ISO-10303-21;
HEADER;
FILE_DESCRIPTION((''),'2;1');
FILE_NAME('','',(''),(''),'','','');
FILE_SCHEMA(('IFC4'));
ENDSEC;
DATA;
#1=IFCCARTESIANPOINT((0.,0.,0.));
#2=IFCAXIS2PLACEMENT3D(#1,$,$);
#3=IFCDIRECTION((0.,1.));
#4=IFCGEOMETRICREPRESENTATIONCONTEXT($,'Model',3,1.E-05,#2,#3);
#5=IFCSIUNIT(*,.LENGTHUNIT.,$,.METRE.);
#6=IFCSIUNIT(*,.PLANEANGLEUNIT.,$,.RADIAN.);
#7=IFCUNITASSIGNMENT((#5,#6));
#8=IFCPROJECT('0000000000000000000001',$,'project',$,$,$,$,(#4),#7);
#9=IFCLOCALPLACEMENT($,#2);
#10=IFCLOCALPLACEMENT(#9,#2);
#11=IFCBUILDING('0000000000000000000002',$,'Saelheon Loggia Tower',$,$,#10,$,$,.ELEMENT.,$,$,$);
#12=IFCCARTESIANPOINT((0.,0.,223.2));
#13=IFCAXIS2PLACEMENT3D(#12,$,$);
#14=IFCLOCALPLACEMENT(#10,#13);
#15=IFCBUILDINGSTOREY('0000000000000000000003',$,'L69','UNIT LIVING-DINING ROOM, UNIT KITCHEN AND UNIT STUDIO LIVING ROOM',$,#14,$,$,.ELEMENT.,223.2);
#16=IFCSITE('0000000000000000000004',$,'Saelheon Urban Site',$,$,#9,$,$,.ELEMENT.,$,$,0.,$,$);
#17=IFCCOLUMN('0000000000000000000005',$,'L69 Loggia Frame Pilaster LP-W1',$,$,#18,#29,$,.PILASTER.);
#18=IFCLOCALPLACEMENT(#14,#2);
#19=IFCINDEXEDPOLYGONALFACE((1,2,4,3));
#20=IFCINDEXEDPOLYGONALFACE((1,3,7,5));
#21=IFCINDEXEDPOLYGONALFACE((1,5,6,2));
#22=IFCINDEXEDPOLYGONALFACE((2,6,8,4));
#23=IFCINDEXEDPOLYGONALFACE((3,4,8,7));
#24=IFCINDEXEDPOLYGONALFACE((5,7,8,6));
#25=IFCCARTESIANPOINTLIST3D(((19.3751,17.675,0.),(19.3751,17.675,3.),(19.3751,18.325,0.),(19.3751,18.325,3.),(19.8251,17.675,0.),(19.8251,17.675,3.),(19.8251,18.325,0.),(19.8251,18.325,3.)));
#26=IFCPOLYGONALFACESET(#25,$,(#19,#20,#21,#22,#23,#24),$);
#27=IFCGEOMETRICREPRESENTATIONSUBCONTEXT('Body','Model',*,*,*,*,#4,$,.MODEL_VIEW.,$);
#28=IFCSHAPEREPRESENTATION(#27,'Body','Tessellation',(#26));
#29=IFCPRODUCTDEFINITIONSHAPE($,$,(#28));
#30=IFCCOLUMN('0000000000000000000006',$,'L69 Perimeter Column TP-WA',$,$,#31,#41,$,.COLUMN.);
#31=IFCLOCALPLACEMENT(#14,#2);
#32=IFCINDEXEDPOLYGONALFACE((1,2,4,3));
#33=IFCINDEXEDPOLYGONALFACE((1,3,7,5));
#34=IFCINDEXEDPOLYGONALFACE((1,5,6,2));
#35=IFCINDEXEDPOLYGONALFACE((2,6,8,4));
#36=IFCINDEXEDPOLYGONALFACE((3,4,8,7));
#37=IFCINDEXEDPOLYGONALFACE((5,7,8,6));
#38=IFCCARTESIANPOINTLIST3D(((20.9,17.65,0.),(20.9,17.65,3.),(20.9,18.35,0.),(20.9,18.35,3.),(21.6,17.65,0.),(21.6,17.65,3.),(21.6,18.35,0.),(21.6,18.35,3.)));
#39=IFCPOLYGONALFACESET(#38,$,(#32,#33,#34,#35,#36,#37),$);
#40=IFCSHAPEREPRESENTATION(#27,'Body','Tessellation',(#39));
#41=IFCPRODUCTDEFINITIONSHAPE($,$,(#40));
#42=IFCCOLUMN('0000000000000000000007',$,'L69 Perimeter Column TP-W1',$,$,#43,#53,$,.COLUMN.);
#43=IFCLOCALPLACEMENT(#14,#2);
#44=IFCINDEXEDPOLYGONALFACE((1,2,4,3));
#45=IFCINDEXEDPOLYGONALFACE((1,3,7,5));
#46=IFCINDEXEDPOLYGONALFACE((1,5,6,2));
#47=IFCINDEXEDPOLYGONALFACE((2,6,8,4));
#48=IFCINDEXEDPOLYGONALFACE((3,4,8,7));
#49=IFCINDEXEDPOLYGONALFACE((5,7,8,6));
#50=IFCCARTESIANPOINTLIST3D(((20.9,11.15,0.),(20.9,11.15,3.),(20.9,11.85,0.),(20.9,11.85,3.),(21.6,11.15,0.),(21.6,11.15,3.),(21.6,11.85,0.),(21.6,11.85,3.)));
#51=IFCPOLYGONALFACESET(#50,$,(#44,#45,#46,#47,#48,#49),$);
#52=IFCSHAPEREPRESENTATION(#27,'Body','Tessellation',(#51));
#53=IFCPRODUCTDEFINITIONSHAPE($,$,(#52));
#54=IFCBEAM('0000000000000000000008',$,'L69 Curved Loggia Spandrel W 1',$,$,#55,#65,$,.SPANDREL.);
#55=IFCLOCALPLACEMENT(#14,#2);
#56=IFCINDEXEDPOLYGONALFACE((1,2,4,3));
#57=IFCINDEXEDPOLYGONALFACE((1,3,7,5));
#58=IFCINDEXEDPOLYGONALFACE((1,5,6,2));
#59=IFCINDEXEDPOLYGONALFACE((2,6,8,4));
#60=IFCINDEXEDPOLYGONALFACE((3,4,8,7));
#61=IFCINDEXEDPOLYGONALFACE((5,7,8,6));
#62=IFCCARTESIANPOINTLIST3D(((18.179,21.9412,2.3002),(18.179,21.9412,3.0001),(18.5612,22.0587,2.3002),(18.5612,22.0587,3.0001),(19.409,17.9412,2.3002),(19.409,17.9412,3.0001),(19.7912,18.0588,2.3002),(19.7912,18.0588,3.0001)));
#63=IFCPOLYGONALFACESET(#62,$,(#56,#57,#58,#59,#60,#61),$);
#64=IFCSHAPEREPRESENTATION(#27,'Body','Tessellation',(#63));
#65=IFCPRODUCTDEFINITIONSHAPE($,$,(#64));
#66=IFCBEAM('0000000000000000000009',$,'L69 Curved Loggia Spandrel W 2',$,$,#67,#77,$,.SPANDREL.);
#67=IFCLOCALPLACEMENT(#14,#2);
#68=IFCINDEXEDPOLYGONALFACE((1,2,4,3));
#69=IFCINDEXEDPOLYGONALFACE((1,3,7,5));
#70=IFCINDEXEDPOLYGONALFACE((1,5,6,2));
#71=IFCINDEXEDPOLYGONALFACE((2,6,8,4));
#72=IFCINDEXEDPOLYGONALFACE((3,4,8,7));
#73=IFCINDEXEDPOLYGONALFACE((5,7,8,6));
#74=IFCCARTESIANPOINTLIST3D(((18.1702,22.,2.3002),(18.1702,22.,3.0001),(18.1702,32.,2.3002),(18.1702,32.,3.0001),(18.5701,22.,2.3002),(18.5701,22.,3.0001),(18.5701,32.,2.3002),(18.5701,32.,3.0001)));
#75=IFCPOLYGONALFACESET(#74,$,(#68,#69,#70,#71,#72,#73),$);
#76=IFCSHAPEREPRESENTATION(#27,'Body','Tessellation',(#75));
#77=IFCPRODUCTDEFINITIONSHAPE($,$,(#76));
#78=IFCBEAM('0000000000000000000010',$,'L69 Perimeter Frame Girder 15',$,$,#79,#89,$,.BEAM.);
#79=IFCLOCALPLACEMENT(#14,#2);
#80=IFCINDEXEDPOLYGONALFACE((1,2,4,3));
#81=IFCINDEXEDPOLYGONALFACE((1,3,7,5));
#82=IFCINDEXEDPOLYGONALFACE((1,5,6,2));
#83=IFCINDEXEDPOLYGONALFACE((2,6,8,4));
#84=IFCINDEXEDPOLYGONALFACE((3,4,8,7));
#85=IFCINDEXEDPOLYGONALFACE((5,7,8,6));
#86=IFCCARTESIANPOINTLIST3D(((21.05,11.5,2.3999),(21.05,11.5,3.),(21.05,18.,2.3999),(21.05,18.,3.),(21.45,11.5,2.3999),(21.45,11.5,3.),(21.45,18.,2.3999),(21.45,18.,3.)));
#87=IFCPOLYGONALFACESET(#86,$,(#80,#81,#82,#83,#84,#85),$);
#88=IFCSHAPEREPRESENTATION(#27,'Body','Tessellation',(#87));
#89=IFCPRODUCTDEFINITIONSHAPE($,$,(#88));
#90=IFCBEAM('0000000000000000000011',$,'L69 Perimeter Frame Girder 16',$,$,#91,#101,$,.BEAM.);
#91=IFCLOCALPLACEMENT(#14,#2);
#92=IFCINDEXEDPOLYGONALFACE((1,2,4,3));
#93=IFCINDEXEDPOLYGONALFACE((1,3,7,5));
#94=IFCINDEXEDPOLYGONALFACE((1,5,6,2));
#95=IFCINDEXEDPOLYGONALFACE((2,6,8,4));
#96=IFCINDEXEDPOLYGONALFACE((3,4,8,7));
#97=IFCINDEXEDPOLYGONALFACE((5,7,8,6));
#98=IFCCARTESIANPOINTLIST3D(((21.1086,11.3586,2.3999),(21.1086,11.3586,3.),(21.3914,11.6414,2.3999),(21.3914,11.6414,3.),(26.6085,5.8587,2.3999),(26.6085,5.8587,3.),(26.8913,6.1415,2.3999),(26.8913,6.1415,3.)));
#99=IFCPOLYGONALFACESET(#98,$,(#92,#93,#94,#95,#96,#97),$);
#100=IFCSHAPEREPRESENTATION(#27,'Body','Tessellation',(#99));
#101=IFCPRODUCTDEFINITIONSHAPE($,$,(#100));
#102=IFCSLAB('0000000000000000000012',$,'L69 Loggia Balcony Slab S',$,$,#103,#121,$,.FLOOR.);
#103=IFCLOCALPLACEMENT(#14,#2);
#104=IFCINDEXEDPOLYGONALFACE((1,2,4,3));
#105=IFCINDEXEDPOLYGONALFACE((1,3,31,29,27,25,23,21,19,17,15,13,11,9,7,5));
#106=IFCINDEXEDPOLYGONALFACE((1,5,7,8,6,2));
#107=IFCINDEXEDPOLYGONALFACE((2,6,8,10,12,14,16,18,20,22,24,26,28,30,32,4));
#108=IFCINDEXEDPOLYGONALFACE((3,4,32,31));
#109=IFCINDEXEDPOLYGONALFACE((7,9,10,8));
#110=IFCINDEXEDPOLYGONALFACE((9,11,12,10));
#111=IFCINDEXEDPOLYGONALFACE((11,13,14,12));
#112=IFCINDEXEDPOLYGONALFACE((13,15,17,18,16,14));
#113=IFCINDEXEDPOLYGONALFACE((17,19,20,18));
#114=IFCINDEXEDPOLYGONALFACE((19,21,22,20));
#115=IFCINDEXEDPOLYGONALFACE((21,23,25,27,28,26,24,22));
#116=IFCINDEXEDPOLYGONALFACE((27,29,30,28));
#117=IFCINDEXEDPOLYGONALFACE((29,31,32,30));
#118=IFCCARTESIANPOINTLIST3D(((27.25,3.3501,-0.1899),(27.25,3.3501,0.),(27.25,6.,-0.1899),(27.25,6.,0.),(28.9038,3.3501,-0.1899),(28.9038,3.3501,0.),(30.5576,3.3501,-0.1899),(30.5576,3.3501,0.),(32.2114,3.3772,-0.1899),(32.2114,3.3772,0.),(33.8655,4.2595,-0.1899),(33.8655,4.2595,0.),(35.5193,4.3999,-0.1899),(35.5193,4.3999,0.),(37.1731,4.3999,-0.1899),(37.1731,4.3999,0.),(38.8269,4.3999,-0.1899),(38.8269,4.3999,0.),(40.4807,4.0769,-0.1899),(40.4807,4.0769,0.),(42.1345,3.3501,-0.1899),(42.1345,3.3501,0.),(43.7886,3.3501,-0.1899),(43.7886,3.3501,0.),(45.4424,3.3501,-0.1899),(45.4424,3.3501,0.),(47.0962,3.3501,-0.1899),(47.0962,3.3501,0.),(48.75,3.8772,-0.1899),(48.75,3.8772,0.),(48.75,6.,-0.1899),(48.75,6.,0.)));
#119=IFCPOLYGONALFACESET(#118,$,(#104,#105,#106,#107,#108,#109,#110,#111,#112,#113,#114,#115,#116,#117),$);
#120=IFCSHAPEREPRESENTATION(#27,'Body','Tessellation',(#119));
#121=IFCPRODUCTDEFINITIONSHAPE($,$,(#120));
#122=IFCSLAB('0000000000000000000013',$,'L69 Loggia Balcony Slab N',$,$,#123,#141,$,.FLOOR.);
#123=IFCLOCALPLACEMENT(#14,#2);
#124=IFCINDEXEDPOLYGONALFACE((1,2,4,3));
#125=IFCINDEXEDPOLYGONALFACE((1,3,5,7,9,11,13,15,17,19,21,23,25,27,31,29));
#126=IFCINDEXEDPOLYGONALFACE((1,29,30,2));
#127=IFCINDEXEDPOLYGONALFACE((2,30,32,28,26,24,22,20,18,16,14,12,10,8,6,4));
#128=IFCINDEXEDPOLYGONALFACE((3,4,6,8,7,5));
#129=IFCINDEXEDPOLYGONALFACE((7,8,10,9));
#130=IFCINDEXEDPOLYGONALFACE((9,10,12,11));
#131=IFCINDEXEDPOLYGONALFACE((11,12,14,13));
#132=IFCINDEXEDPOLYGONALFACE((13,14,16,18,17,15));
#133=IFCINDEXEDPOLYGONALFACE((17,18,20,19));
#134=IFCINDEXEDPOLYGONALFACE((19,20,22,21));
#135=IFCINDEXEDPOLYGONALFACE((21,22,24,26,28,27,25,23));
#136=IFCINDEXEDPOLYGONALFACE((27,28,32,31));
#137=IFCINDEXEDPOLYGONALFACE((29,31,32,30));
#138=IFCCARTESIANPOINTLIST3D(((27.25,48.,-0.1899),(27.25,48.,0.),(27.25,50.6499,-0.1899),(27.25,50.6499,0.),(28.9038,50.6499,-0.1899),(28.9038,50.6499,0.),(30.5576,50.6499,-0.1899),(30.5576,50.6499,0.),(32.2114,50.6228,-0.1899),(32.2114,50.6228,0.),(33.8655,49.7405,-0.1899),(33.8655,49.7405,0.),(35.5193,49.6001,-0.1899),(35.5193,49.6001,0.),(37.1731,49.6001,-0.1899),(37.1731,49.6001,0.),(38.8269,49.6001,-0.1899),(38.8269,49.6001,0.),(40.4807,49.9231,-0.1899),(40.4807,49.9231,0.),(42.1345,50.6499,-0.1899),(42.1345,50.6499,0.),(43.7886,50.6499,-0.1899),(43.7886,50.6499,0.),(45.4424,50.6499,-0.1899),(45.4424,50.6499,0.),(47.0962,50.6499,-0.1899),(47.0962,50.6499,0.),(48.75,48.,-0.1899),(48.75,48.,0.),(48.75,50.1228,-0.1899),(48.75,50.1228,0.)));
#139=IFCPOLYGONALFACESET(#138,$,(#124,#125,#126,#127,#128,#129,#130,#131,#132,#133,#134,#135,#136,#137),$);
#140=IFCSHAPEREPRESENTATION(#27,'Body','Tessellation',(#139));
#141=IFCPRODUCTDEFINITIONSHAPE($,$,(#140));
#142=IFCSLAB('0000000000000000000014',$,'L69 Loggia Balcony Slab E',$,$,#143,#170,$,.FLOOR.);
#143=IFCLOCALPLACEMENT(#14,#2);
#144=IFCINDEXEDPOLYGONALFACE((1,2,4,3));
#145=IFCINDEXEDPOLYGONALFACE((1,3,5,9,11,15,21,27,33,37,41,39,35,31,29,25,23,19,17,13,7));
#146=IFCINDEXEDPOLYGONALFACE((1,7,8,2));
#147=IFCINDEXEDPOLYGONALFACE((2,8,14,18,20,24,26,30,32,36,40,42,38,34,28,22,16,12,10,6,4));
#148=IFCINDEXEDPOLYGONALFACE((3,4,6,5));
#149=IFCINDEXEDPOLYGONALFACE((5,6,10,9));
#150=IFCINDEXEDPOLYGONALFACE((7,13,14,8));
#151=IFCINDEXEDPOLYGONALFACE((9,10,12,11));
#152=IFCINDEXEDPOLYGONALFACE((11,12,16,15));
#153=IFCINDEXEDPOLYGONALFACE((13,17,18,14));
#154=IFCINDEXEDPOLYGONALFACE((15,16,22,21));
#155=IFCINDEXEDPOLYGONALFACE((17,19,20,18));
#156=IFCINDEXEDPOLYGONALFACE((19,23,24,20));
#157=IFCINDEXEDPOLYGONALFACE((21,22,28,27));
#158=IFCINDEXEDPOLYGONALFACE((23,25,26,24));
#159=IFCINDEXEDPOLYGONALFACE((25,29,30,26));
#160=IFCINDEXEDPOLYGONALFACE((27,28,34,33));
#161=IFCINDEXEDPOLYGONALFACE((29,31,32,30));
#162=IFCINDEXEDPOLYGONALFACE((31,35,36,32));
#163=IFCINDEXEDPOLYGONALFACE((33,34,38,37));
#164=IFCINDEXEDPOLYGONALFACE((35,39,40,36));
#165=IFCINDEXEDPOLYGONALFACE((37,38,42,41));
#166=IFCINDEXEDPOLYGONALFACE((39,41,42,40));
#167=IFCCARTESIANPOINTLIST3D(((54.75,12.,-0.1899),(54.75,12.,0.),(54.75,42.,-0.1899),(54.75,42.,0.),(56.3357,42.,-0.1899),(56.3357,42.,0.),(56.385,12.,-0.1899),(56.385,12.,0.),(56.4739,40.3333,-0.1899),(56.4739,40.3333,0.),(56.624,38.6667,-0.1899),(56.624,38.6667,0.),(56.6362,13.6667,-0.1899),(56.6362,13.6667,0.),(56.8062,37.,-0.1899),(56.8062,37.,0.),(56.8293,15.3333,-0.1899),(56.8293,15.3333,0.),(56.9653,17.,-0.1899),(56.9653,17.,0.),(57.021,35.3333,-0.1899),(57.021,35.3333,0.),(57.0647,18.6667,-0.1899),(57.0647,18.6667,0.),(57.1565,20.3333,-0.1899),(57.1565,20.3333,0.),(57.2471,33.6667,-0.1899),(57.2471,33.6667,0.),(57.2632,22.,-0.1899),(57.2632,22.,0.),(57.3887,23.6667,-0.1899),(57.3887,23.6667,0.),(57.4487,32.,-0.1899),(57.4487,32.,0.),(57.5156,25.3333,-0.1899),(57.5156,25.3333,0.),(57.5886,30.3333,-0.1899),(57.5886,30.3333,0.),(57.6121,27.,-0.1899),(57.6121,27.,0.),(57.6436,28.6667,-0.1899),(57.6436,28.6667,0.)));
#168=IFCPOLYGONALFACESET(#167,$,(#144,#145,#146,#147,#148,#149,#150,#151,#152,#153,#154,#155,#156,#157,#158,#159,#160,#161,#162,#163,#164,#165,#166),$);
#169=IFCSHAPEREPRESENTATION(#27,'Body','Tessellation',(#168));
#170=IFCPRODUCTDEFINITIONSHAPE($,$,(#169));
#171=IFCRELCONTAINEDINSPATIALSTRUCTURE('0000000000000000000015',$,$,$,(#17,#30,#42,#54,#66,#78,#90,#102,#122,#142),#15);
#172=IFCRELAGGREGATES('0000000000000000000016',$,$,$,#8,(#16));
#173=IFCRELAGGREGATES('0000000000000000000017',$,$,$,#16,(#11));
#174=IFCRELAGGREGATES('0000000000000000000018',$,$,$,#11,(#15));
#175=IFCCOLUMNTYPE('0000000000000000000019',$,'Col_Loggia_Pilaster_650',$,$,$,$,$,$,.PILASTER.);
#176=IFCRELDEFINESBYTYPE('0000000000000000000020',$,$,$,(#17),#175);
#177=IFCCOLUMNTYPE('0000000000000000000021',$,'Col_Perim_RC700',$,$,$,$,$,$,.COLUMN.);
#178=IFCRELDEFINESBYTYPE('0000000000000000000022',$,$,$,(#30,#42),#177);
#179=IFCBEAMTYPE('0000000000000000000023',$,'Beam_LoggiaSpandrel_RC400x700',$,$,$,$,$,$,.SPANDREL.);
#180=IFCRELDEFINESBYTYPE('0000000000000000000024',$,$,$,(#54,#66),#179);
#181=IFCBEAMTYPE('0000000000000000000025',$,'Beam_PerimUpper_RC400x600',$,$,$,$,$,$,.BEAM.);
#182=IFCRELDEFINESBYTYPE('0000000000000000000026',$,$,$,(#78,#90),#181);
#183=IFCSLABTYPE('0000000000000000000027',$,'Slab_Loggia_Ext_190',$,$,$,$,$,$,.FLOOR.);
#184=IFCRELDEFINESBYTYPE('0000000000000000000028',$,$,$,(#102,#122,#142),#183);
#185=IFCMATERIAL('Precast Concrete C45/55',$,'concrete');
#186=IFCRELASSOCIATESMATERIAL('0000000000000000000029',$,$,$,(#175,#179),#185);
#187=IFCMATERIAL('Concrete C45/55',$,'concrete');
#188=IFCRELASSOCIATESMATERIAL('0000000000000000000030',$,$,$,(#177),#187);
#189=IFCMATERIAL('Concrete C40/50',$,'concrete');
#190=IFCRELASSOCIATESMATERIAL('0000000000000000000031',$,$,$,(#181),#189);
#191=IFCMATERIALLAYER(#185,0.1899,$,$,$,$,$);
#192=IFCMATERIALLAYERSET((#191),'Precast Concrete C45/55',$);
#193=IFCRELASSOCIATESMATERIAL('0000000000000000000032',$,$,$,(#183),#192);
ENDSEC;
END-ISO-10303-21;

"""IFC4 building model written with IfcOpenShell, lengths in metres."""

from ifc_helpers import new_model, si_unit, direction, frame, origin, origin_2d, place, context, subcontext, project, spatial, polyline, rectangle, outline, extrude, source, transform, mapped, material, layer, layer_set, material_profile, profile_set, type_object, element, save


model = new_model("IFC4")

# Units and contexts
model_context = context("Model", 3, precision=1e-05, world=origin(), true_north=direction((0.0, 1.0)))
body_context = subcontext(model_context, "Body", "Model", "MODEL_VIEW")
ifc_project = project(units=[si_unit("LENGTHUNIT", "METRE"), si_unit("PLANEANGLEUNIT", "RADIAN")], contexts=[model_context])

# Site, building, storey
site_placement = place(None, origin())
site = spatial("IfcSite", under=ifc_project, at=site_placement, Name="Saelheon Urban Site", CompositionType="ELEMENT", RefElevation=0.0)
building_placement = place(site_placement, origin())
building = spatial("IfcBuilding", under=site, at=building_placement, Name="Saelheon Loggia Tower", CompositionType="ELEMENT")
storey_placement = place(building_placement, frame((0.0, 0.0, 223.2)))
storey = spatial("IfcBuildingStorey", under=building, at=storey_placement, Name="L69", Description="UNIT LIVING-DINING ROOM, UNIT KITCHEN AND UNIT STUDIO LIVING ROOM", CompositionType="ELEMENT", Elevation=223.2)

# Columns
ifc_material_1 = material(Name="Precast Concrete C45/55", Category="concrete")
ifc_material_profile_1 = material_profile(ifc_material_1, rectangle(XDim=0.45, YDim=0.6499, at=origin_2d()), Name="RC-450x650")
ifc_profile_set_1 = profile_set([ifc_material_profile_1], Name="Precast Concrete C45/55")
column_type_1 = type_object("IfcColumnType", Name="Col_Loggia_Pilaster_650", PredefinedType="PILASTER", material=ifc_profile_set_1)
shared_shape_1 = source(origin(), body_context, "Body", "SweptSolid", [
    extrude(rectangle(XDim=0.45, YDim=0.6499, at=origin_2d()), origin(), (0.0, 0.0, 1.0), 3.0),
])
column_placement = place(storey_placement, frame((19.6001, 18.0, 0.0), z_axis=(0.0, 0.0, 1.0), x_axis=(1.0, 0.0, 0.0)))
element("IfcColumn", 1, at=column_placement, inside=storey, type_object=column_type_1, Name="L69 Loggia Frame Pilaster LP-W1", PredefinedType="PILASTER", context=body_context, shape_type="MappedRepresentation", body=[
    mapped(shared_shape_1, transform((0.0, 0.0, 0.0), scale=1.0)),
])
ifc_material_2 = material(Name="Concrete C45/55", Category="concrete")
ifc_material_profile_2 = material_profile(ifc_material_2, rectangle(XDim=0.7, YDim=0.7, at=origin_2d()), Name="RC-700x700")
ifc_profile_set_2 = profile_set([ifc_material_profile_2], Name="Concrete C45/55")
column_type_2 = type_object("IfcColumnType", Name="Col_Perim_RC700", PredefinedType="COLUMN", material=ifc_profile_set_2)
shared_shape_2 = source(origin(), body_context, "Body", "SweptSolid", [
    extrude(rectangle(XDim=0.7, YDim=0.7, at=origin_2d()), origin(), (0.0, 0.0, 1.0), 3.0),
])
for number, where, z_axis, x_axis, name in (
    (2, (21.25, 18.0, 0.0), (0.0, 0.0, 1.0), (1.0, 0.0, 0.0), "L69 Perimeter Column TP-WA"),
    (3, (21.25, 11.5, 0.0), (0.0, 0.0, 1.0), (1.0, 0.0, 0.0), "L69 Perimeter Column TP-W1"),
):
    element("IfcColumn", number, at=place(storey_placement, frame(where, z_axis=z_axis, x_axis=x_axis)), inside=storey, type_object=column_type_2, Name=name, PredefinedType="COLUMN", context=body_context, shape_type="MappedRepresentation", body=[
        mapped(shared_shape_2, transform((0.0, 0.0, 0.0), scale=1.0)),
    ])

# Beams
ifc_material_profile_3 = material_profile(ifc_material_1, rectangle(XDim=0.3999, YDim=0.7, at=origin_2d()), Name="RC-400x700")
ifc_profile_set_3 = profile_set([ifc_material_profile_3], Name="Precast Concrete C45/55")
beam_type_1 = type_object("IfcBeamType", Name="Beam_LoggiaSpandrel_RC400x700", PredefinedType="SPANDREL", material=ifc_profile_set_3)
shared_shape_3 = source(origin(), body_context, "Body", "SweptSolid", [
    extrude(rectangle(XDim=0.3999, YDim=0.7, at=origin_2d()), origin(), (0.0, 0.0, 1.0), 4.1848),
])
beam_1_placement = place(storey_placement, frame((19.6001, 18.0, 2.6501), z_axis=(-0.293914, 0.955832, 0.0), x_axis=(-0.955832, -0.293914, 0.0)))
element("IfcBeam", 4, at=beam_1_placement, inside=storey, type_object=beam_type_1, Name="L69 Curved Loggia Spandrel W 1", PredefinedType="SPANDREL", context=body_context, shape_type="MappedRepresentation", body=[
    mapped(shared_shape_3, transform((0.0, 0.0, 0.0), scale=1.0)),
])
shared_shape_4 = source(origin(), body_context, "Body", "SweptSolid", [
    extrude(rectangle(XDim=0.3999, YDim=0.7, at=origin_2d()), origin(), (0.0, 0.0, 1.0), 10.0),
])
beam_2_placement = place(storey_placement, frame((18.3701, 22.0, 2.6501), z_axis=(0.0, 1.0, 0.0), x_axis=(-1.0, 0.0, 0.0)))
element("IfcBeam", 5, at=beam_2_placement, inside=storey, type_object=beam_type_1, Name="L69 Curved Loggia Spandrel W 2", PredefinedType="SPANDREL", context=body_context, shape_type="MappedRepresentation", body=[
    mapped(shared_shape_4, transform((0.0, 0.0, 0.0), scale=1.0)),
])
ifc_material_3 = material(Name="Concrete C40/50", Category="concrete")
ifc_material_profile_4 = material_profile(ifc_material_3, rectangle(XDim=0.3999, YDim=0.6001, at=origin_2d()), Name="RC-400x600")
ifc_profile_set_4 = profile_set([ifc_material_profile_4], Name="Concrete C40/50")
beam_type_2 = type_object("IfcBeamType", Name="Beam_PerimUpper_RC400x600", PredefinedType="BEAM", material=ifc_profile_set_4)
shared_shape_5 = source(origin(), body_context, "Body", "SweptSolid", [
    extrude(rectangle(XDim=0.3999, YDim=0.6001, at=origin_2d()), origin(), (0.0, 0.0, 1.0), 6.5),
])
beam_3_placement = place(storey_placement, frame((21.25, 18.0, 2.7), z_axis=(0.0, -1.0, 0.0), x_axis=(1.0, 0.0, 0.0)))
element("IfcBeam", 6, at=beam_3_placement, inside=storey, type_object=beam_type_2, Name="L69 Perimeter Frame Girder 15", PredefinedType="BEAM", context=body_context, shape_type="MappedRepresentation", body=[
    mapped(shared_shape_5, transform((0.0, 0.0, 0.0), scale=1.0)),
])
shared_shape_6 = source(origin(), body_context, "Body", "SweptSolid", [
    extrude(rectangle(XDim=0.3999, YDim=0.6001, at=origin_2d()), origin(), (0.0, 0.0, 1.0), 7.7781),
])
beam_4_placement = place(storey_placement, frame((21.25, 11.5, 2.7), z_axis=(0.707107, -0.707107, 0.0), x_axis=(0.707107, 0.707107, 0.0)))
element("IfcBeam", 7, at=beam_4_placement, inside=storey, type_object=beam_type_2, Name="L69 Perimeter Frame Girder 16", PredefinedType="BEAM", context=body_context, shape_type="MappedRepresentation", body=[
    mapped(shared_shape_6, transform((0.0, 0.0, 0.0), scale=1.0)),
])

# Slabs
ifc_layer_1 = layer(ifc_material_1, 0.1899)
ifc_layer_set_1 = layer_set([ifc_layer_1], Name="Precast Concrete C45/55")
slab_type_1 = type_object("IfcSlabType", Name="Slab_Loggia_Ext_190", PredefinedType="FLOOR", material=ifc_layer_set_1)
slab_1_placement = place(storey_placement, frame((0.0, 0.0, -0.1899)))
element("IfcSlab", 8, at=slab_1_placement, inside=storey, type_object=slab_type_1, Name="L69 Loggia Balcony Slab S", PredefinedType="FLOOR", context=body_context, shape_type="SweptSolid", body=[
    extrude(outline(polyline([(27.25, 3.3501), (28.9038, 3.3501), (30.5576, 3.3501), (32.2114, 3.3772), (33.8655, 4.2595), (35.5193, 4.3999), (37.1731, 4.3999), (38.8269, 4.3999), (40.4807, 4.0769), (42.1345, 3.3501), (43.7886, 3.3501), (45.4424, 3.3501), (47.0962, 3.3501), (48.75, 3.8772), (48.75, 6.0), (27.25, 6.0), (27.25, 3.3501)])), origin(), (0.0, 0.0, 1.0), 0.1899),
])
slab_2_placement = place(storey_placement, frame((0.0, 0.0, -0.1899)))
element("IfcSlab", 9, at=slab_2_placement, inside=storey, type_object=slab_type_1, Name="L69 Loggia Balcony Slab N", PredefinedType="FLOOR", context=body_context, shape_type="SweptSolid", body=[
    extrude(outline(polyline([(27.25, 48.0), (48.75, 48.0), (48.75, 50.1228), (47.0962, 50.6499), (45.4424, 50.6499), (43.7886, 50.6499), (42.1345, 50.6499), (40.4807, 49.9231), (38.8269, 49.6001), (37.1731, 49.6001), (35.5193, 49.6001), (33.8655, 49.7405), (32.2114, 50.6228), (30.5576, 50.6499), (28.9038, 50.6499), (27.25, 50.6499), (27.25, 48.0)])), origin(), (0.0, 0.0, 1.0), 0.1899),
])
slab_3_placement = place(storey_placement, frame((0.0, 0.0, -0.1899)))
element("IfcSlab", 10, at=slab_3_placement, inside=storey, type_object=slab_type_1, Name="L69 Loggia Balcony Slab E", PredefinedType="FLOOR", context=body_context, shape_type="SweptSolid", body=[
    extrude(outline(polyline([(54.75, 12.0), (56.385, 12.0), (56.6362, 13.6667), (56.8293, 15.3333), (56.9653, 17.0), (57.0647, 18.6667), (57.1565, 20.3333), (57.2632, 22.0), (57.3887, 23.6667), (57.5156, 25.3333), (57.6121, 27.0), (57.6436, 28.6667), (57.5886, 30.3333), (57.4487, 32.0), (57.2471, 33.6667), (57.021, 35.3333), (56.8062, 37.0), (56.624, 38.6667), (56.4739, 40.3333), (56.3357, 42.0), (54.75, 42.0), (54.75, 12.0)])), origin(), (0.0, 0.0, 1.0), 0.1899),
])

save(model, "model.ifc")
